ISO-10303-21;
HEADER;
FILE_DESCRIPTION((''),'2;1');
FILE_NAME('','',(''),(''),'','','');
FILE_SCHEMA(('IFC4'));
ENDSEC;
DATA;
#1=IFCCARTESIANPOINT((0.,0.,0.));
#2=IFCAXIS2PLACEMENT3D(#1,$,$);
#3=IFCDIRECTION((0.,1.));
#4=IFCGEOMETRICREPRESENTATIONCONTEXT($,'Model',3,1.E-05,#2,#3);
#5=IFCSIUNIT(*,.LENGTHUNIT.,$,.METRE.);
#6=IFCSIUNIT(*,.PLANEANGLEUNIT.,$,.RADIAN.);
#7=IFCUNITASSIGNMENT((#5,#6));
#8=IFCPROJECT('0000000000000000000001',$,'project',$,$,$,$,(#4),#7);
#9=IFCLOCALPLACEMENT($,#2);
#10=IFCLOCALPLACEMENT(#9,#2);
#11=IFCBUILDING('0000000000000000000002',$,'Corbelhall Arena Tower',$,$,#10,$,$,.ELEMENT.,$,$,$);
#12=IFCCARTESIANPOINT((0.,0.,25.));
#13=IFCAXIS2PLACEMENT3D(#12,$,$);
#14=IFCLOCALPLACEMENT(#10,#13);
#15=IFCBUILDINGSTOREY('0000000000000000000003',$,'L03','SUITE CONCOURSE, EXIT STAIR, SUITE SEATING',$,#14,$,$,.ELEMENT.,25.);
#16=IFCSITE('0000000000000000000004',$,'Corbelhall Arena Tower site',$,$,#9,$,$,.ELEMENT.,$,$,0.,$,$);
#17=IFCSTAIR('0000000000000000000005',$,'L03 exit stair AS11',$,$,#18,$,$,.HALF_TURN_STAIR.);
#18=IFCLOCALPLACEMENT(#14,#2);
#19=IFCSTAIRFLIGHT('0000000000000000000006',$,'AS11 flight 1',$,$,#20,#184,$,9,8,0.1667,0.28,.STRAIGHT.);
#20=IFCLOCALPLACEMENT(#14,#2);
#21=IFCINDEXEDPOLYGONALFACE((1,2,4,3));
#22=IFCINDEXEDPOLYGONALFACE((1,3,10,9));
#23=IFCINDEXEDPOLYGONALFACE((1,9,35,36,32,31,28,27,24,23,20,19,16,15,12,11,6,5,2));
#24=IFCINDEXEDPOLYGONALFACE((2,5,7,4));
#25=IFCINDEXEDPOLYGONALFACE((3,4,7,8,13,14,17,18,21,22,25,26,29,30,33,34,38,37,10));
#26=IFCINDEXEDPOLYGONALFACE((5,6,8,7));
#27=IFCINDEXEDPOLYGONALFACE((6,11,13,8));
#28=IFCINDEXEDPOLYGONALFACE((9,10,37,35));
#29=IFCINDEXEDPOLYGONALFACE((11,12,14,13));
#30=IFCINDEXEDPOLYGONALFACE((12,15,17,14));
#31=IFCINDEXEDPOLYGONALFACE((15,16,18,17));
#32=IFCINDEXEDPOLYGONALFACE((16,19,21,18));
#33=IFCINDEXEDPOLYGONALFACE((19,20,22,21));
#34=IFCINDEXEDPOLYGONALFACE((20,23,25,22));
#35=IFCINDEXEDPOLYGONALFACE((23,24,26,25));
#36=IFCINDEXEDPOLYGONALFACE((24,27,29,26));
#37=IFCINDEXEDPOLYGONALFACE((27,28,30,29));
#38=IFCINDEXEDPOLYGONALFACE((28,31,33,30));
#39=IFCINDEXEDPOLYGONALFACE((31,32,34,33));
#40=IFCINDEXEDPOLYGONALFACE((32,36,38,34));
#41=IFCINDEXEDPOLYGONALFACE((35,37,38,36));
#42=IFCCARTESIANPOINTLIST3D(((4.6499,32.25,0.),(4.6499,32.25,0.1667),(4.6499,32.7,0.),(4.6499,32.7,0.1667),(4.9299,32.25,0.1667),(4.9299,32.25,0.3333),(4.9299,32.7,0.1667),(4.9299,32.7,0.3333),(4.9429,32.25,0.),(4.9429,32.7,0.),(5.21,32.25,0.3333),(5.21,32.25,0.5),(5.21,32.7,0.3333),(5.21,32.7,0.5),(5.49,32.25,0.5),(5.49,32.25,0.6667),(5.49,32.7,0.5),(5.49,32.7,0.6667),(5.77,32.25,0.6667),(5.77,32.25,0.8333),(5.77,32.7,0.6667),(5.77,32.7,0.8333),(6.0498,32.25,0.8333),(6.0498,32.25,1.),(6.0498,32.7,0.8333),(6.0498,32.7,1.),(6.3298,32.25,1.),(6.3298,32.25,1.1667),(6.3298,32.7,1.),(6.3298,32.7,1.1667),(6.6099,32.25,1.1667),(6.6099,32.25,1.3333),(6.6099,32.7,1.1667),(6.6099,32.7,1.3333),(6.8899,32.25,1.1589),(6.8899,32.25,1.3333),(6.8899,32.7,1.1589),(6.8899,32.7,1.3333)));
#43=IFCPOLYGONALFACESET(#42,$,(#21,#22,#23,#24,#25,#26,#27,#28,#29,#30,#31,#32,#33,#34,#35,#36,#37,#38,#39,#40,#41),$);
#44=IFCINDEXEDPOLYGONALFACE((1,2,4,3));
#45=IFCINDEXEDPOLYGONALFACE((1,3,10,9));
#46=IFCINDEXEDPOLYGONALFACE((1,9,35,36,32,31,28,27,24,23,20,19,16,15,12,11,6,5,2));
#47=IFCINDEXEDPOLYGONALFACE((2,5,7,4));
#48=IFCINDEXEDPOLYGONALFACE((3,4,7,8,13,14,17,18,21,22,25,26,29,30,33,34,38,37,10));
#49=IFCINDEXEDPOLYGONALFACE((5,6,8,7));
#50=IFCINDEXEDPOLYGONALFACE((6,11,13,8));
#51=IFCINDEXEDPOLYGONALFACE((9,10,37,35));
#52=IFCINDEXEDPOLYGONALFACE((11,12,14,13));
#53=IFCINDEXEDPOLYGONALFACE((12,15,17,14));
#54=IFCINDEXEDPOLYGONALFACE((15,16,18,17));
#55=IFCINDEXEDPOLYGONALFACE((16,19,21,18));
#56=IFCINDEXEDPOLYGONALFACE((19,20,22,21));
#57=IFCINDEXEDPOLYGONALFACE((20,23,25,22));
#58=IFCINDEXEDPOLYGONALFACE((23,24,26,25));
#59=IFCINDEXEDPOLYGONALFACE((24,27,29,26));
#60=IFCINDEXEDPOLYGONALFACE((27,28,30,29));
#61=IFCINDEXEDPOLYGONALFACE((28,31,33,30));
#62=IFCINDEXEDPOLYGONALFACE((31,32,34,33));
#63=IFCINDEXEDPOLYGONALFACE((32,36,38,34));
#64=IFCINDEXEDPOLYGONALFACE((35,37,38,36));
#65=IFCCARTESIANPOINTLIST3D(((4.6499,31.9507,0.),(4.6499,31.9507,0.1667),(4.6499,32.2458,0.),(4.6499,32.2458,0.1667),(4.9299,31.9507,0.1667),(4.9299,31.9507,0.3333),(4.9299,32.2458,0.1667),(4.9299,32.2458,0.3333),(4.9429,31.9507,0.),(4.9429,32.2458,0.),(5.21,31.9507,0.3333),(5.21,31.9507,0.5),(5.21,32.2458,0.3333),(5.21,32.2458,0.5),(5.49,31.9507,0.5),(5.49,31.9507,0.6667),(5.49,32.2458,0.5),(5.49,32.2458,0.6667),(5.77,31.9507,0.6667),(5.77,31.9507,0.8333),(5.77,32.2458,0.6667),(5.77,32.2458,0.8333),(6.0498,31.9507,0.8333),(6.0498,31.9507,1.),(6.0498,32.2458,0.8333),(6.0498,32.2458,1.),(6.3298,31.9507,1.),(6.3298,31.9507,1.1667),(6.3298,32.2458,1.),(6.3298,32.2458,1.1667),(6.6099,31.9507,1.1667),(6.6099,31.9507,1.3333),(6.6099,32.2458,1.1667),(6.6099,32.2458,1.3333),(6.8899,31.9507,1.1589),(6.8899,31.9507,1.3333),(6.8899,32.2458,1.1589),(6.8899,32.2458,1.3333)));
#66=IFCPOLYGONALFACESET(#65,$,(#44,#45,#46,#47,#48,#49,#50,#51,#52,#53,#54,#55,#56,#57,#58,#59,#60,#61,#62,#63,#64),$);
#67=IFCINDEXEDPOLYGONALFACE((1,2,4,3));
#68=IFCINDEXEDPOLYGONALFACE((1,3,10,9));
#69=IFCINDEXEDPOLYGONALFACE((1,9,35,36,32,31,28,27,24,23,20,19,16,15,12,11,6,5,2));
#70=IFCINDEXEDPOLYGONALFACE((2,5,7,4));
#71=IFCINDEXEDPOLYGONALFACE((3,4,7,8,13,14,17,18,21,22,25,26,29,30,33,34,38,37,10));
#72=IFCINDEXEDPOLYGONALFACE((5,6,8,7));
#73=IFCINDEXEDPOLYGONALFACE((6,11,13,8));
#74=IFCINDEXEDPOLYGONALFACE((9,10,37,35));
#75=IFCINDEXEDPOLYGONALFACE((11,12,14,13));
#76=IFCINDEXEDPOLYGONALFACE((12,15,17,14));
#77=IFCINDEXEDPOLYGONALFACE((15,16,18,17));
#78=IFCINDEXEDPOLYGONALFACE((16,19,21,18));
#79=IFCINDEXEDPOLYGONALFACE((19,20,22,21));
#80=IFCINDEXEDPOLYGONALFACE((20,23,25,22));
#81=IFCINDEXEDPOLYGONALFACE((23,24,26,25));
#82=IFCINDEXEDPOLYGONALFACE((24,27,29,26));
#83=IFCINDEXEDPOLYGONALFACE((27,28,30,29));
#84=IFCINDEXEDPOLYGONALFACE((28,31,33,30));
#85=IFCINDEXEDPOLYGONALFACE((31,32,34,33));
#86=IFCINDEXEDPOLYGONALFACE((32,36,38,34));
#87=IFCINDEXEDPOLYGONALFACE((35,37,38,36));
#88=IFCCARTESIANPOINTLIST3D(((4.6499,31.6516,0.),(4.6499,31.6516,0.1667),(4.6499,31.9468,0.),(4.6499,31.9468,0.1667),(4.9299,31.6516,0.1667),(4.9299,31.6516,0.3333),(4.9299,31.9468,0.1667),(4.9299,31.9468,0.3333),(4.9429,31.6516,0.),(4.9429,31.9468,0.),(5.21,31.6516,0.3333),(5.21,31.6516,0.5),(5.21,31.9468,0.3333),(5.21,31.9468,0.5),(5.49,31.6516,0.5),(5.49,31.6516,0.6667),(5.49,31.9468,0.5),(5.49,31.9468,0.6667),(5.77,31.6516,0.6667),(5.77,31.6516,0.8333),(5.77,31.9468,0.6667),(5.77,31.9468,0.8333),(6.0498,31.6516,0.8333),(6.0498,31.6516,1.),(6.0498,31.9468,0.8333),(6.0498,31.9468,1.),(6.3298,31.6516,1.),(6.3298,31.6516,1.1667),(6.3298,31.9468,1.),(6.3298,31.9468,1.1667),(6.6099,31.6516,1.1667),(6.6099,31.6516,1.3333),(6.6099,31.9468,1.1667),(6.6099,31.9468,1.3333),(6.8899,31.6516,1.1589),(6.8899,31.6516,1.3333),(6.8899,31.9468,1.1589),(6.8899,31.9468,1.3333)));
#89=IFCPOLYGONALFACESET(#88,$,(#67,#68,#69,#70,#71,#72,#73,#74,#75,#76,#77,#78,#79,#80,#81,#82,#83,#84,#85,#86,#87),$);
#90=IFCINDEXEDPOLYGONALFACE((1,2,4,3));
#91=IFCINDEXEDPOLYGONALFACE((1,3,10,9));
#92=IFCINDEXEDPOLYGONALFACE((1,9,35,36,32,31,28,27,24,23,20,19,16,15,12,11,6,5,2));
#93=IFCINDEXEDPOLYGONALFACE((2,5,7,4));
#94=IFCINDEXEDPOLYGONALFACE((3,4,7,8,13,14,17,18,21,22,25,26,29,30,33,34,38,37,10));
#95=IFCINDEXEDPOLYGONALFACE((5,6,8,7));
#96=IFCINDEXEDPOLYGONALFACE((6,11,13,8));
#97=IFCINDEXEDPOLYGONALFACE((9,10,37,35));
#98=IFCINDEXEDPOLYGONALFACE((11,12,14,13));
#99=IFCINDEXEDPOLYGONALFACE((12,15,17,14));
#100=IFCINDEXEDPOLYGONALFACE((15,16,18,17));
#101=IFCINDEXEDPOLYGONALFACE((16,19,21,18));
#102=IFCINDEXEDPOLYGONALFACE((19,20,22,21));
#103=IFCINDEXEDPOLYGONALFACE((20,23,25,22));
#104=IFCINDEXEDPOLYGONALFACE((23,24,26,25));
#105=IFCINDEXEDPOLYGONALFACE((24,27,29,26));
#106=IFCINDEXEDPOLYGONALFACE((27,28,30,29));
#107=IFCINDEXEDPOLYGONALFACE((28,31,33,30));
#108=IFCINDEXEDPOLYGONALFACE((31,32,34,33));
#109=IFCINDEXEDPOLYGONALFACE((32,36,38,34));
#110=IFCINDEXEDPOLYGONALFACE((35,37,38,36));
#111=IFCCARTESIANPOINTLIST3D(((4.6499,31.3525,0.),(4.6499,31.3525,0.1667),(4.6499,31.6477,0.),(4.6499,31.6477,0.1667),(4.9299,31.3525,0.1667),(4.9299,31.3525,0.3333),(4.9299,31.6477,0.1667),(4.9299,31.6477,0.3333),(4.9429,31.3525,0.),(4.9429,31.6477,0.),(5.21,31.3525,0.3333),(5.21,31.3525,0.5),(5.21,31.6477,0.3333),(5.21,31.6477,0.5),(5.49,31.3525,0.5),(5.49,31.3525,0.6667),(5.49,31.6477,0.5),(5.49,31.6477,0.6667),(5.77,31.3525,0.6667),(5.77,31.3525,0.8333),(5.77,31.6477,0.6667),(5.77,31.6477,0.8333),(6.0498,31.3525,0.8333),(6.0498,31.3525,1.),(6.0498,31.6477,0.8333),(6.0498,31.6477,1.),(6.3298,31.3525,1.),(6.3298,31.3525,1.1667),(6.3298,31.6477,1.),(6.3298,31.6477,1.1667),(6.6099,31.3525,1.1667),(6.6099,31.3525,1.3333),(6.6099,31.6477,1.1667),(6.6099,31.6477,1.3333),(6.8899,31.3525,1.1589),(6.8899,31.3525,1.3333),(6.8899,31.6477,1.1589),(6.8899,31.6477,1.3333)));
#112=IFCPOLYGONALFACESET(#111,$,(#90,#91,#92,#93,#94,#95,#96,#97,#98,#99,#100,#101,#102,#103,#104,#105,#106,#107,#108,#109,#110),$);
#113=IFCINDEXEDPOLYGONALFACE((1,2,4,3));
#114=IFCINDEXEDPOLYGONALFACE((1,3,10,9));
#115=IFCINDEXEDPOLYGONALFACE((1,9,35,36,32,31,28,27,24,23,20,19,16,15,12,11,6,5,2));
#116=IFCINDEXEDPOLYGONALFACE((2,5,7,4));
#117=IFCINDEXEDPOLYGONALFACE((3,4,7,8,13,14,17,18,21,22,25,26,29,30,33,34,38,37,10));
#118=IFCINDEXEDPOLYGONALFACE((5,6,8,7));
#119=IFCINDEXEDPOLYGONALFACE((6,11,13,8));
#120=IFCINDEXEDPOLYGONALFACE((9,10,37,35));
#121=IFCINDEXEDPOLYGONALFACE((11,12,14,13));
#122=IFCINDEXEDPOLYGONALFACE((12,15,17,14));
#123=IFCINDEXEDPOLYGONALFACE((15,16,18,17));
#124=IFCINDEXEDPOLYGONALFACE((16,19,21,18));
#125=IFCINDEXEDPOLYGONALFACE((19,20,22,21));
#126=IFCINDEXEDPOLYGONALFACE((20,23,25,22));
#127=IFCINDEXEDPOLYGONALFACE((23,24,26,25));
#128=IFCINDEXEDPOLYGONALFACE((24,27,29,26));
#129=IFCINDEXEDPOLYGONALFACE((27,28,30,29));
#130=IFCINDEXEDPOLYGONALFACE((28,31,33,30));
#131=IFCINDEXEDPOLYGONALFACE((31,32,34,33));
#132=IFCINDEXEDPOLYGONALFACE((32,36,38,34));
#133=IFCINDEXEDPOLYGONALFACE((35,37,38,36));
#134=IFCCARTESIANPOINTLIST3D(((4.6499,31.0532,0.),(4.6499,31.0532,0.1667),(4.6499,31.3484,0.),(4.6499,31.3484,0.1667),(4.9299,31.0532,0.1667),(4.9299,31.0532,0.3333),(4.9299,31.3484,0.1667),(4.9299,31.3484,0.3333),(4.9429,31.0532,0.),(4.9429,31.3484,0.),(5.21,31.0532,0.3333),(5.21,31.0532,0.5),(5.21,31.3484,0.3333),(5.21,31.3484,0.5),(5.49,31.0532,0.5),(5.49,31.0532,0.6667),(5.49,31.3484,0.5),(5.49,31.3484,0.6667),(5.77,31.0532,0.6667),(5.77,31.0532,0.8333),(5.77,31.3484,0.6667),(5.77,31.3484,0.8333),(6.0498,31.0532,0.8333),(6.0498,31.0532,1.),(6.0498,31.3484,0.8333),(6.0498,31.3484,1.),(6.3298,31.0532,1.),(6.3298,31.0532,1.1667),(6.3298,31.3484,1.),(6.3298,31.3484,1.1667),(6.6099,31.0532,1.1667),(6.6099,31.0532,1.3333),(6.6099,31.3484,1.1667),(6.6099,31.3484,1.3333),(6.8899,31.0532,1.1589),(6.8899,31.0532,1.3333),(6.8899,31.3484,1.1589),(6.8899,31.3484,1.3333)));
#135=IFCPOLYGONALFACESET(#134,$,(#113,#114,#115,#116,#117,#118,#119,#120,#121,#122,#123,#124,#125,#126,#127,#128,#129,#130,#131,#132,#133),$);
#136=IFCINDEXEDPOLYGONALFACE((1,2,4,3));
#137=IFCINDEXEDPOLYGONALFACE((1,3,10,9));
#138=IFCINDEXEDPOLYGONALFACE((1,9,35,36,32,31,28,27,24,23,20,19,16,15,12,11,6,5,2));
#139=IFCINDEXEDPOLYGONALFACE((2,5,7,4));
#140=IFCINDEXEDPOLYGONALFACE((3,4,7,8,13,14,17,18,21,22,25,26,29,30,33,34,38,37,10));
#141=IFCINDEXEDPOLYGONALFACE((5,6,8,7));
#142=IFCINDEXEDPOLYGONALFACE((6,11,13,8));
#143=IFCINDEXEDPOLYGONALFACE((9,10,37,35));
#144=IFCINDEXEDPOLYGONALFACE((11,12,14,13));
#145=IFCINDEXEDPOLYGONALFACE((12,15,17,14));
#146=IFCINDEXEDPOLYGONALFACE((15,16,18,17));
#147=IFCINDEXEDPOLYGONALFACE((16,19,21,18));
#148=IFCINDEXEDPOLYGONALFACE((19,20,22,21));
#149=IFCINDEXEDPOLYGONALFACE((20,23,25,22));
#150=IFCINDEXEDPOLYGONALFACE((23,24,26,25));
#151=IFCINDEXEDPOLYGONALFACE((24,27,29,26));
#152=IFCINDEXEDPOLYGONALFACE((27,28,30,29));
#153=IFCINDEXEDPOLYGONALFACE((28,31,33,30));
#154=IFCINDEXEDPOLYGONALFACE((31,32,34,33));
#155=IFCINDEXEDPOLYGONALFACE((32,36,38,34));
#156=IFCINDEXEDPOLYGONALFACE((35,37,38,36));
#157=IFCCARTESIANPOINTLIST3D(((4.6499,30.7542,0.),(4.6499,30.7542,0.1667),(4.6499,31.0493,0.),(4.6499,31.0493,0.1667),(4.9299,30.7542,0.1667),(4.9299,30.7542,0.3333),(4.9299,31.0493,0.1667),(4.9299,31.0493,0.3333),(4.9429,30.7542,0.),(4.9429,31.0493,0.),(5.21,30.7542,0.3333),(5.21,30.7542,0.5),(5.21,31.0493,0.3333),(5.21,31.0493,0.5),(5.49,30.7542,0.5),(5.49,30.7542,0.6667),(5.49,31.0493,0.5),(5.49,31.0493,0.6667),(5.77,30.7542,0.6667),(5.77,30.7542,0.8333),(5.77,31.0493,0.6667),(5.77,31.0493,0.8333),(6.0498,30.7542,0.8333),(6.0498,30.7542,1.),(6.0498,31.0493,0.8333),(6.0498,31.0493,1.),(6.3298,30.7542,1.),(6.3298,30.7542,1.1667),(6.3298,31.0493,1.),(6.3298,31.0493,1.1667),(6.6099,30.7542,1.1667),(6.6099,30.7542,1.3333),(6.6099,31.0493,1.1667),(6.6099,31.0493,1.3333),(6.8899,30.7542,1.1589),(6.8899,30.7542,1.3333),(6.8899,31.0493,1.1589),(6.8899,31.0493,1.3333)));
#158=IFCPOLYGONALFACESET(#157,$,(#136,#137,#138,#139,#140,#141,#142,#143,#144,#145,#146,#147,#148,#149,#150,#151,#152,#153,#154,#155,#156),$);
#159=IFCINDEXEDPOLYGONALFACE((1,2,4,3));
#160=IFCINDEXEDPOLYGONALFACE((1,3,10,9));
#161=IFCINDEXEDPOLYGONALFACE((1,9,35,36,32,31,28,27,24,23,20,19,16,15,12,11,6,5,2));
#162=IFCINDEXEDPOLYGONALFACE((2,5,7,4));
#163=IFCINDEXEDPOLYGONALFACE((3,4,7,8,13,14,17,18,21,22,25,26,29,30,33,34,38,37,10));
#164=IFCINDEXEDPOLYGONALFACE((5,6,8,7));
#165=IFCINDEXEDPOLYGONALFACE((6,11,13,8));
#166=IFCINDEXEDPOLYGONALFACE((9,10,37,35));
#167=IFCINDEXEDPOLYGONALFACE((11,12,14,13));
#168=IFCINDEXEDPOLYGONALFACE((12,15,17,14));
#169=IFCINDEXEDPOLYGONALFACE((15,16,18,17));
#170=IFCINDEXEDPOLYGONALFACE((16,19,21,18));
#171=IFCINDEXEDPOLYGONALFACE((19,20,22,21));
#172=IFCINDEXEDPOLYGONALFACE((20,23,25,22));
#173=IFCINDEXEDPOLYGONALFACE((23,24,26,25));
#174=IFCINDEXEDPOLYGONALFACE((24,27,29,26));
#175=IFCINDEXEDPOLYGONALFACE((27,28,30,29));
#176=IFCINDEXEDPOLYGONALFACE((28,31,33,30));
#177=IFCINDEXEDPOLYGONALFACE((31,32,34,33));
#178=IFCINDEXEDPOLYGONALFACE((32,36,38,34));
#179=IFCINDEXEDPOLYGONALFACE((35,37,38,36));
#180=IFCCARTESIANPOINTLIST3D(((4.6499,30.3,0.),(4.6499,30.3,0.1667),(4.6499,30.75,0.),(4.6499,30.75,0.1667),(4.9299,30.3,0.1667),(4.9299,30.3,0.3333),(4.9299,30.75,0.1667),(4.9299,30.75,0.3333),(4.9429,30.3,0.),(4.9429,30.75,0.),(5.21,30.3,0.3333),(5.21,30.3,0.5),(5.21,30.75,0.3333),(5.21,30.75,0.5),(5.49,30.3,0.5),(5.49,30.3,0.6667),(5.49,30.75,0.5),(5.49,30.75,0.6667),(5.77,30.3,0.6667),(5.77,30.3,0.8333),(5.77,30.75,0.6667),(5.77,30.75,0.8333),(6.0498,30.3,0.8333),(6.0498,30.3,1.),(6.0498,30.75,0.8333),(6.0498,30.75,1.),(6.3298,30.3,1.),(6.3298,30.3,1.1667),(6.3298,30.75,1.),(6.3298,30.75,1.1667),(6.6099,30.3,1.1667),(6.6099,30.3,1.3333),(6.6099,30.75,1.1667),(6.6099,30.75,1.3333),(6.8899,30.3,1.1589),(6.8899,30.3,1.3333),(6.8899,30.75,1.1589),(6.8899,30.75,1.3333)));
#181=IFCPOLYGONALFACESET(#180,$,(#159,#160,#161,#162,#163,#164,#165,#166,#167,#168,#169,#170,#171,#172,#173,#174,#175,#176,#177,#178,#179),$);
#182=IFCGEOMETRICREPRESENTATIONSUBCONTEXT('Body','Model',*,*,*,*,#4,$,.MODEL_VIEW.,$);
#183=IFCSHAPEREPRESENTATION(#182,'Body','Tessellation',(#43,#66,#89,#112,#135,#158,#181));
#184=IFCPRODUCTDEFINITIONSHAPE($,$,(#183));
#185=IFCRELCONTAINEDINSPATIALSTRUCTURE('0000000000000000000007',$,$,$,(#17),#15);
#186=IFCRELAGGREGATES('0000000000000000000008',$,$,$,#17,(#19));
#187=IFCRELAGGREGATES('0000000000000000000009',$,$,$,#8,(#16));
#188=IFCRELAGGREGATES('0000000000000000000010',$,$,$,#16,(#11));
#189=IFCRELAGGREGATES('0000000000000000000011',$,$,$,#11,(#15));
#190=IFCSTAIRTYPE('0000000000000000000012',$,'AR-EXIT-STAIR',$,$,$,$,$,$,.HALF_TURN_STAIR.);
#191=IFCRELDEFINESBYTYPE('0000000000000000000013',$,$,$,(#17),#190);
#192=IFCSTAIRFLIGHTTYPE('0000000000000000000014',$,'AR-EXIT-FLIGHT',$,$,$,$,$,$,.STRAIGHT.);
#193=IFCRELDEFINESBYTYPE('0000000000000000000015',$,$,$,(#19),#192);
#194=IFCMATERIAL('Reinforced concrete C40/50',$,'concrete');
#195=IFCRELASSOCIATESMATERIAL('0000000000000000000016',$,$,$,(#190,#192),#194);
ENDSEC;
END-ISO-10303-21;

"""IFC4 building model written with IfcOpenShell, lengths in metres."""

from ifc_helpers import new_model, si_unit, direction, frame, origin, place, context, subcontext, project, spatial, polyline, outline, extrude, material, type_object, element, aggregate, save


model = new_model("IFC4")

# Units and contexts
model_context = context("Model", 3, precision=1e-05, world=origin(), true_north=direction((0.0, 1.0)))
body_context = subcontext(model_context, "Body", "Model", "MODEL_VIEW")
ifc_project = project(units=[si_unit("LENGTHUNIT", "METRE"), si_unit("PLANEANGLEUNIT", "RADIAN")], contexts=[model_context])

# Site, building, storey
site_placement = place(None, origin())
site = spatial("IfcSite", under=ifc_project, at=site_placement, Name="Corbelhall Arena Tower site", CompositionType="ELEMENT", RefElevation=0.0)
building_placement = place(site_placement, origin())
building = spatial("IfcBuilding", under=site, at=building_placement, Name="Corbelhall Arena Tower", CompositionType="ELEMENT")
storey_placement = place(building_placement, frame((0.0, 0.0, 25.0)))
storey = spatial("IfcBuildingStorey", under=building, at=storey_placement, Name="L03", Description="SUITE CONCOURSE, EXIT STAIR, SUITE SEATING", CompositionType="ELEMENT", Elevation=25.0)

# Shared definitions
ifc_material_1 = material(Name="Reinforced concrete C40/50", Category="concrete")

# Stair, stair flight
stair_type = type_object("IfcStairType", Name="AR-EXIT-STAIR", PredefinedType="HALF_TURN_STAIR", material=ifc_material_1)
stair_placement = place(storey_placement, origin())
stair = element("IfcStair", 1, at=stair_placement, inside=storey, type_object=stair_type, Name="L03 exit stair AS11", PredefinedType="HALF_TURN_STAIR")
stair_flight_type = type_object("IfcStairFlightType", Name="AR-EXIT-FLIGHT", PredefinedType="STRAIGHT", material=ifc_material_1)
stair_flight_placement = place(storey_placement, frame((4.6499, 31.5, 0.0), z_axis=(0.0, 0.0, 1.0), x_axis=(1.0, 0.0, 0.0)))
stair_flight = element("IfcStairFlight", 2, at=stair_flight_placement, type_object=stair_flight_type, Name="AS11 flight 1", NumberOfRisers=9, NumberOfTreads=8, PredefinedType="STRAIGHT", RiserHeight=0.1667, TreadLength=0.28, context=body_context, shape_type="SweptSolid", body=[
    extrude(outline(polyline([(0.0, 0.0), (0.0, 0.1667), (0.28, 0.1667), (0.28, 0.3333), (0.5601, 0.3333), (0.5601, 0.5), (0.8401, 0.5), (0.8401, 0.6667), (1.1201, 0.6667), (1.1201, 0.8333), (1.3999, 0.8333), (1.3999, 1.0), (1.6799, 1.0), (1.6799, 1.1667), (1.96, 1.1667), (1.96, 1.3333), (2.24, 1.3333), (2.24, 1.5), (2.24, 1.1589), (0.293, 0.0), (0.0, 0.0)])), frame((0.0, 1.2, 0.0), z_axis=(0.0, -1.0, 0.0), x_axis=(1.0, 0.0, 0.0)), (0.0, 0.0, 1.0), 0.45),
    extrude(outline(polyline([(0.0, 0.0), (0.0, 0.1667), (0.28, 0.1667), (0.28, 0.3333), (0.5601, 0.3333), (0.5601, 0.5), (0.8401, 0.5), (0.8401, 0.6667), (1.1201, 0.6667), (1.1201, 0.8333), (1.3999, 0.8333), (1.3999, 1.0), (1.6799, 1.0), (1.6799, 1.1667), (1.96, 1.1667), (1.96, 1.3333), (2.24, 1.3333), (2.24, 1.5), (2.24, 1.1589), (0.293, 0.0), (0.0, 0.0)])), frame((0.0, 0.7458, 0.0), z_axis=(0.0, -1.0, 0.0), x_axis=(1.0, 0.0, 0.0)), (0.0, 0.0, 1.0), 0.2952),
    extrude(outline(polyline([(0.0, 0.0), (0.0, 0.1667), (0.28, 0.1667), (0.28, 0.3333), (0.5601, 0.3333), (0.5601, 0.5), (0.8401, 0.5), (0.8401, 0.6667), (1.1201, 0.6667), (1.1201, 0.8333), (1.3999, 0.8333), (1.3999, 1.0), (1.6799, 1.0), (1.6799, 1.1667), (1.96, 1.1667), (1.96, 1.3333), (2.24, 1.3333), (2.24, 1.5), (2.24, 1.1589), (0.293, 0.0), (0.0, 0.0)])), frame((0.0, 0.4468, 0.0), z_axis=(0.0, -1.0, 0.0), x_axis=(1.0, 0.0, 0.0)), (0.0, 0.0, 1.0), 0.2952),
    extrude(outline(polyline([(0.0, 0.0), (0.0, 0.1667), (0.28, 0.1667), (0.28, 0.3333), (0.5601, 0.3333), (0.5601, 0.5), (0.8401, 0.5), (0.8401, 0.6667), (1.1201, 0.6667), (1.1201, 0.8333), (1.3999, 0.8333), (1.3999, 1.0), (1.6799, 1.0), (1.6799, 1.1667), (1.96, 1.1667), (1.96, 1.3333), (2.24, 1.3333), (2.24, 1.5), (2.24, 1.1589), (0.293, 0.0), (0.0, 0.0)])), frame((0.0, 0.1477, 0.0), z_axis=(0.0, -1.0, 0.0), x_axis=(1.0, 0.0, 0.0)), (0.0, 0.0, 1.0), 0.2952),
    extrude(outline(polyline([(0.0, 0.0), (0.0, 0.1667), (0.28, 0.1667), (0.28, 0.3333), (0.5601, 0.3333), (0.5601, 0.5), (0.8401, 0.5), (0.8401, 0.6667), (1.1201, 0.6667), (1.1201, 0.8333), (1.3999, 0.8333), (1.3999, 1.0), (1.6799, 1.0), (1.6799, 1.1667), (1.96, 1.1667), (1.96, 1.3333), (2.24, 1.3333), (2.24, 1.5), (2.24, 1.1589), (0.293, 0.0), (0.0, 0.0)])), frame((0.0, -0.1516, 0.0), z_axis=(0.0, -1.0, 0.0), x_axis=(1.0, 0.0, 0.0)), (0.0, 0.0, 1.0), 0.2952),
    extrude(outline(polyline([(0.0, 0.0), (0.0, 0.1667), (0.28, 0.1667), (0.28, 0.3333), (0.5601, 0.3333), (0.5601, 0.5), (0.8401, 0.5), (0.8401, 0.6667), (1.1201, 0.6667), (1.1201, 0.8333), (1.3999, 0.8333), (1.3999, 1.0), (1.6799, 1.0), (1.6799, 1.1667), (1.96, 1.1667), (1.96, 1.3333), (2.24, 1.3333), (2.24, 1.5), (2.24, 1.1589), (0.293, 0.0), (0.0, 0.0)])), frame((0.0, -0.4507, 0.0), z_axis=(0.0, -1.0, 0.0), x_axis=(1.0, 0.0, 0.0)), (0.0, 0.0, 1.0), 0.2952),
    extrude(outline(polyline([(0.0, 0.0), (0.0, 0.1667), (0.28, 0.1667), (0.28, 0.3333), (0.5601, 0.3333), (0.5601, 0.5), (0.8401, 0.5), (0.8401, 0.6667), (1.1201, 0.6667), (1.1201, 0.8333), (1.3999, 0.8333), (1.3999, 1.0), (1.6799, 1.0), (1.6799, 1.1667), (1.96, 1.1667), (1.96, 1.3333), (2.24, 1.3333), (2.24, 1.5), (2.24, 1.1589), (0.293, 0.0), (0.0, 0.0)])), frame((0.0, -0.75, 0.0), z_axis=(0.0, -1.0, 0.0), x_axis=(1.0, 0.0, 0.0)), (0.0, 0.0, 1.0), 0.45),
])
aggregate(stair, [stair_flight])

save(model, "model.ifc")
